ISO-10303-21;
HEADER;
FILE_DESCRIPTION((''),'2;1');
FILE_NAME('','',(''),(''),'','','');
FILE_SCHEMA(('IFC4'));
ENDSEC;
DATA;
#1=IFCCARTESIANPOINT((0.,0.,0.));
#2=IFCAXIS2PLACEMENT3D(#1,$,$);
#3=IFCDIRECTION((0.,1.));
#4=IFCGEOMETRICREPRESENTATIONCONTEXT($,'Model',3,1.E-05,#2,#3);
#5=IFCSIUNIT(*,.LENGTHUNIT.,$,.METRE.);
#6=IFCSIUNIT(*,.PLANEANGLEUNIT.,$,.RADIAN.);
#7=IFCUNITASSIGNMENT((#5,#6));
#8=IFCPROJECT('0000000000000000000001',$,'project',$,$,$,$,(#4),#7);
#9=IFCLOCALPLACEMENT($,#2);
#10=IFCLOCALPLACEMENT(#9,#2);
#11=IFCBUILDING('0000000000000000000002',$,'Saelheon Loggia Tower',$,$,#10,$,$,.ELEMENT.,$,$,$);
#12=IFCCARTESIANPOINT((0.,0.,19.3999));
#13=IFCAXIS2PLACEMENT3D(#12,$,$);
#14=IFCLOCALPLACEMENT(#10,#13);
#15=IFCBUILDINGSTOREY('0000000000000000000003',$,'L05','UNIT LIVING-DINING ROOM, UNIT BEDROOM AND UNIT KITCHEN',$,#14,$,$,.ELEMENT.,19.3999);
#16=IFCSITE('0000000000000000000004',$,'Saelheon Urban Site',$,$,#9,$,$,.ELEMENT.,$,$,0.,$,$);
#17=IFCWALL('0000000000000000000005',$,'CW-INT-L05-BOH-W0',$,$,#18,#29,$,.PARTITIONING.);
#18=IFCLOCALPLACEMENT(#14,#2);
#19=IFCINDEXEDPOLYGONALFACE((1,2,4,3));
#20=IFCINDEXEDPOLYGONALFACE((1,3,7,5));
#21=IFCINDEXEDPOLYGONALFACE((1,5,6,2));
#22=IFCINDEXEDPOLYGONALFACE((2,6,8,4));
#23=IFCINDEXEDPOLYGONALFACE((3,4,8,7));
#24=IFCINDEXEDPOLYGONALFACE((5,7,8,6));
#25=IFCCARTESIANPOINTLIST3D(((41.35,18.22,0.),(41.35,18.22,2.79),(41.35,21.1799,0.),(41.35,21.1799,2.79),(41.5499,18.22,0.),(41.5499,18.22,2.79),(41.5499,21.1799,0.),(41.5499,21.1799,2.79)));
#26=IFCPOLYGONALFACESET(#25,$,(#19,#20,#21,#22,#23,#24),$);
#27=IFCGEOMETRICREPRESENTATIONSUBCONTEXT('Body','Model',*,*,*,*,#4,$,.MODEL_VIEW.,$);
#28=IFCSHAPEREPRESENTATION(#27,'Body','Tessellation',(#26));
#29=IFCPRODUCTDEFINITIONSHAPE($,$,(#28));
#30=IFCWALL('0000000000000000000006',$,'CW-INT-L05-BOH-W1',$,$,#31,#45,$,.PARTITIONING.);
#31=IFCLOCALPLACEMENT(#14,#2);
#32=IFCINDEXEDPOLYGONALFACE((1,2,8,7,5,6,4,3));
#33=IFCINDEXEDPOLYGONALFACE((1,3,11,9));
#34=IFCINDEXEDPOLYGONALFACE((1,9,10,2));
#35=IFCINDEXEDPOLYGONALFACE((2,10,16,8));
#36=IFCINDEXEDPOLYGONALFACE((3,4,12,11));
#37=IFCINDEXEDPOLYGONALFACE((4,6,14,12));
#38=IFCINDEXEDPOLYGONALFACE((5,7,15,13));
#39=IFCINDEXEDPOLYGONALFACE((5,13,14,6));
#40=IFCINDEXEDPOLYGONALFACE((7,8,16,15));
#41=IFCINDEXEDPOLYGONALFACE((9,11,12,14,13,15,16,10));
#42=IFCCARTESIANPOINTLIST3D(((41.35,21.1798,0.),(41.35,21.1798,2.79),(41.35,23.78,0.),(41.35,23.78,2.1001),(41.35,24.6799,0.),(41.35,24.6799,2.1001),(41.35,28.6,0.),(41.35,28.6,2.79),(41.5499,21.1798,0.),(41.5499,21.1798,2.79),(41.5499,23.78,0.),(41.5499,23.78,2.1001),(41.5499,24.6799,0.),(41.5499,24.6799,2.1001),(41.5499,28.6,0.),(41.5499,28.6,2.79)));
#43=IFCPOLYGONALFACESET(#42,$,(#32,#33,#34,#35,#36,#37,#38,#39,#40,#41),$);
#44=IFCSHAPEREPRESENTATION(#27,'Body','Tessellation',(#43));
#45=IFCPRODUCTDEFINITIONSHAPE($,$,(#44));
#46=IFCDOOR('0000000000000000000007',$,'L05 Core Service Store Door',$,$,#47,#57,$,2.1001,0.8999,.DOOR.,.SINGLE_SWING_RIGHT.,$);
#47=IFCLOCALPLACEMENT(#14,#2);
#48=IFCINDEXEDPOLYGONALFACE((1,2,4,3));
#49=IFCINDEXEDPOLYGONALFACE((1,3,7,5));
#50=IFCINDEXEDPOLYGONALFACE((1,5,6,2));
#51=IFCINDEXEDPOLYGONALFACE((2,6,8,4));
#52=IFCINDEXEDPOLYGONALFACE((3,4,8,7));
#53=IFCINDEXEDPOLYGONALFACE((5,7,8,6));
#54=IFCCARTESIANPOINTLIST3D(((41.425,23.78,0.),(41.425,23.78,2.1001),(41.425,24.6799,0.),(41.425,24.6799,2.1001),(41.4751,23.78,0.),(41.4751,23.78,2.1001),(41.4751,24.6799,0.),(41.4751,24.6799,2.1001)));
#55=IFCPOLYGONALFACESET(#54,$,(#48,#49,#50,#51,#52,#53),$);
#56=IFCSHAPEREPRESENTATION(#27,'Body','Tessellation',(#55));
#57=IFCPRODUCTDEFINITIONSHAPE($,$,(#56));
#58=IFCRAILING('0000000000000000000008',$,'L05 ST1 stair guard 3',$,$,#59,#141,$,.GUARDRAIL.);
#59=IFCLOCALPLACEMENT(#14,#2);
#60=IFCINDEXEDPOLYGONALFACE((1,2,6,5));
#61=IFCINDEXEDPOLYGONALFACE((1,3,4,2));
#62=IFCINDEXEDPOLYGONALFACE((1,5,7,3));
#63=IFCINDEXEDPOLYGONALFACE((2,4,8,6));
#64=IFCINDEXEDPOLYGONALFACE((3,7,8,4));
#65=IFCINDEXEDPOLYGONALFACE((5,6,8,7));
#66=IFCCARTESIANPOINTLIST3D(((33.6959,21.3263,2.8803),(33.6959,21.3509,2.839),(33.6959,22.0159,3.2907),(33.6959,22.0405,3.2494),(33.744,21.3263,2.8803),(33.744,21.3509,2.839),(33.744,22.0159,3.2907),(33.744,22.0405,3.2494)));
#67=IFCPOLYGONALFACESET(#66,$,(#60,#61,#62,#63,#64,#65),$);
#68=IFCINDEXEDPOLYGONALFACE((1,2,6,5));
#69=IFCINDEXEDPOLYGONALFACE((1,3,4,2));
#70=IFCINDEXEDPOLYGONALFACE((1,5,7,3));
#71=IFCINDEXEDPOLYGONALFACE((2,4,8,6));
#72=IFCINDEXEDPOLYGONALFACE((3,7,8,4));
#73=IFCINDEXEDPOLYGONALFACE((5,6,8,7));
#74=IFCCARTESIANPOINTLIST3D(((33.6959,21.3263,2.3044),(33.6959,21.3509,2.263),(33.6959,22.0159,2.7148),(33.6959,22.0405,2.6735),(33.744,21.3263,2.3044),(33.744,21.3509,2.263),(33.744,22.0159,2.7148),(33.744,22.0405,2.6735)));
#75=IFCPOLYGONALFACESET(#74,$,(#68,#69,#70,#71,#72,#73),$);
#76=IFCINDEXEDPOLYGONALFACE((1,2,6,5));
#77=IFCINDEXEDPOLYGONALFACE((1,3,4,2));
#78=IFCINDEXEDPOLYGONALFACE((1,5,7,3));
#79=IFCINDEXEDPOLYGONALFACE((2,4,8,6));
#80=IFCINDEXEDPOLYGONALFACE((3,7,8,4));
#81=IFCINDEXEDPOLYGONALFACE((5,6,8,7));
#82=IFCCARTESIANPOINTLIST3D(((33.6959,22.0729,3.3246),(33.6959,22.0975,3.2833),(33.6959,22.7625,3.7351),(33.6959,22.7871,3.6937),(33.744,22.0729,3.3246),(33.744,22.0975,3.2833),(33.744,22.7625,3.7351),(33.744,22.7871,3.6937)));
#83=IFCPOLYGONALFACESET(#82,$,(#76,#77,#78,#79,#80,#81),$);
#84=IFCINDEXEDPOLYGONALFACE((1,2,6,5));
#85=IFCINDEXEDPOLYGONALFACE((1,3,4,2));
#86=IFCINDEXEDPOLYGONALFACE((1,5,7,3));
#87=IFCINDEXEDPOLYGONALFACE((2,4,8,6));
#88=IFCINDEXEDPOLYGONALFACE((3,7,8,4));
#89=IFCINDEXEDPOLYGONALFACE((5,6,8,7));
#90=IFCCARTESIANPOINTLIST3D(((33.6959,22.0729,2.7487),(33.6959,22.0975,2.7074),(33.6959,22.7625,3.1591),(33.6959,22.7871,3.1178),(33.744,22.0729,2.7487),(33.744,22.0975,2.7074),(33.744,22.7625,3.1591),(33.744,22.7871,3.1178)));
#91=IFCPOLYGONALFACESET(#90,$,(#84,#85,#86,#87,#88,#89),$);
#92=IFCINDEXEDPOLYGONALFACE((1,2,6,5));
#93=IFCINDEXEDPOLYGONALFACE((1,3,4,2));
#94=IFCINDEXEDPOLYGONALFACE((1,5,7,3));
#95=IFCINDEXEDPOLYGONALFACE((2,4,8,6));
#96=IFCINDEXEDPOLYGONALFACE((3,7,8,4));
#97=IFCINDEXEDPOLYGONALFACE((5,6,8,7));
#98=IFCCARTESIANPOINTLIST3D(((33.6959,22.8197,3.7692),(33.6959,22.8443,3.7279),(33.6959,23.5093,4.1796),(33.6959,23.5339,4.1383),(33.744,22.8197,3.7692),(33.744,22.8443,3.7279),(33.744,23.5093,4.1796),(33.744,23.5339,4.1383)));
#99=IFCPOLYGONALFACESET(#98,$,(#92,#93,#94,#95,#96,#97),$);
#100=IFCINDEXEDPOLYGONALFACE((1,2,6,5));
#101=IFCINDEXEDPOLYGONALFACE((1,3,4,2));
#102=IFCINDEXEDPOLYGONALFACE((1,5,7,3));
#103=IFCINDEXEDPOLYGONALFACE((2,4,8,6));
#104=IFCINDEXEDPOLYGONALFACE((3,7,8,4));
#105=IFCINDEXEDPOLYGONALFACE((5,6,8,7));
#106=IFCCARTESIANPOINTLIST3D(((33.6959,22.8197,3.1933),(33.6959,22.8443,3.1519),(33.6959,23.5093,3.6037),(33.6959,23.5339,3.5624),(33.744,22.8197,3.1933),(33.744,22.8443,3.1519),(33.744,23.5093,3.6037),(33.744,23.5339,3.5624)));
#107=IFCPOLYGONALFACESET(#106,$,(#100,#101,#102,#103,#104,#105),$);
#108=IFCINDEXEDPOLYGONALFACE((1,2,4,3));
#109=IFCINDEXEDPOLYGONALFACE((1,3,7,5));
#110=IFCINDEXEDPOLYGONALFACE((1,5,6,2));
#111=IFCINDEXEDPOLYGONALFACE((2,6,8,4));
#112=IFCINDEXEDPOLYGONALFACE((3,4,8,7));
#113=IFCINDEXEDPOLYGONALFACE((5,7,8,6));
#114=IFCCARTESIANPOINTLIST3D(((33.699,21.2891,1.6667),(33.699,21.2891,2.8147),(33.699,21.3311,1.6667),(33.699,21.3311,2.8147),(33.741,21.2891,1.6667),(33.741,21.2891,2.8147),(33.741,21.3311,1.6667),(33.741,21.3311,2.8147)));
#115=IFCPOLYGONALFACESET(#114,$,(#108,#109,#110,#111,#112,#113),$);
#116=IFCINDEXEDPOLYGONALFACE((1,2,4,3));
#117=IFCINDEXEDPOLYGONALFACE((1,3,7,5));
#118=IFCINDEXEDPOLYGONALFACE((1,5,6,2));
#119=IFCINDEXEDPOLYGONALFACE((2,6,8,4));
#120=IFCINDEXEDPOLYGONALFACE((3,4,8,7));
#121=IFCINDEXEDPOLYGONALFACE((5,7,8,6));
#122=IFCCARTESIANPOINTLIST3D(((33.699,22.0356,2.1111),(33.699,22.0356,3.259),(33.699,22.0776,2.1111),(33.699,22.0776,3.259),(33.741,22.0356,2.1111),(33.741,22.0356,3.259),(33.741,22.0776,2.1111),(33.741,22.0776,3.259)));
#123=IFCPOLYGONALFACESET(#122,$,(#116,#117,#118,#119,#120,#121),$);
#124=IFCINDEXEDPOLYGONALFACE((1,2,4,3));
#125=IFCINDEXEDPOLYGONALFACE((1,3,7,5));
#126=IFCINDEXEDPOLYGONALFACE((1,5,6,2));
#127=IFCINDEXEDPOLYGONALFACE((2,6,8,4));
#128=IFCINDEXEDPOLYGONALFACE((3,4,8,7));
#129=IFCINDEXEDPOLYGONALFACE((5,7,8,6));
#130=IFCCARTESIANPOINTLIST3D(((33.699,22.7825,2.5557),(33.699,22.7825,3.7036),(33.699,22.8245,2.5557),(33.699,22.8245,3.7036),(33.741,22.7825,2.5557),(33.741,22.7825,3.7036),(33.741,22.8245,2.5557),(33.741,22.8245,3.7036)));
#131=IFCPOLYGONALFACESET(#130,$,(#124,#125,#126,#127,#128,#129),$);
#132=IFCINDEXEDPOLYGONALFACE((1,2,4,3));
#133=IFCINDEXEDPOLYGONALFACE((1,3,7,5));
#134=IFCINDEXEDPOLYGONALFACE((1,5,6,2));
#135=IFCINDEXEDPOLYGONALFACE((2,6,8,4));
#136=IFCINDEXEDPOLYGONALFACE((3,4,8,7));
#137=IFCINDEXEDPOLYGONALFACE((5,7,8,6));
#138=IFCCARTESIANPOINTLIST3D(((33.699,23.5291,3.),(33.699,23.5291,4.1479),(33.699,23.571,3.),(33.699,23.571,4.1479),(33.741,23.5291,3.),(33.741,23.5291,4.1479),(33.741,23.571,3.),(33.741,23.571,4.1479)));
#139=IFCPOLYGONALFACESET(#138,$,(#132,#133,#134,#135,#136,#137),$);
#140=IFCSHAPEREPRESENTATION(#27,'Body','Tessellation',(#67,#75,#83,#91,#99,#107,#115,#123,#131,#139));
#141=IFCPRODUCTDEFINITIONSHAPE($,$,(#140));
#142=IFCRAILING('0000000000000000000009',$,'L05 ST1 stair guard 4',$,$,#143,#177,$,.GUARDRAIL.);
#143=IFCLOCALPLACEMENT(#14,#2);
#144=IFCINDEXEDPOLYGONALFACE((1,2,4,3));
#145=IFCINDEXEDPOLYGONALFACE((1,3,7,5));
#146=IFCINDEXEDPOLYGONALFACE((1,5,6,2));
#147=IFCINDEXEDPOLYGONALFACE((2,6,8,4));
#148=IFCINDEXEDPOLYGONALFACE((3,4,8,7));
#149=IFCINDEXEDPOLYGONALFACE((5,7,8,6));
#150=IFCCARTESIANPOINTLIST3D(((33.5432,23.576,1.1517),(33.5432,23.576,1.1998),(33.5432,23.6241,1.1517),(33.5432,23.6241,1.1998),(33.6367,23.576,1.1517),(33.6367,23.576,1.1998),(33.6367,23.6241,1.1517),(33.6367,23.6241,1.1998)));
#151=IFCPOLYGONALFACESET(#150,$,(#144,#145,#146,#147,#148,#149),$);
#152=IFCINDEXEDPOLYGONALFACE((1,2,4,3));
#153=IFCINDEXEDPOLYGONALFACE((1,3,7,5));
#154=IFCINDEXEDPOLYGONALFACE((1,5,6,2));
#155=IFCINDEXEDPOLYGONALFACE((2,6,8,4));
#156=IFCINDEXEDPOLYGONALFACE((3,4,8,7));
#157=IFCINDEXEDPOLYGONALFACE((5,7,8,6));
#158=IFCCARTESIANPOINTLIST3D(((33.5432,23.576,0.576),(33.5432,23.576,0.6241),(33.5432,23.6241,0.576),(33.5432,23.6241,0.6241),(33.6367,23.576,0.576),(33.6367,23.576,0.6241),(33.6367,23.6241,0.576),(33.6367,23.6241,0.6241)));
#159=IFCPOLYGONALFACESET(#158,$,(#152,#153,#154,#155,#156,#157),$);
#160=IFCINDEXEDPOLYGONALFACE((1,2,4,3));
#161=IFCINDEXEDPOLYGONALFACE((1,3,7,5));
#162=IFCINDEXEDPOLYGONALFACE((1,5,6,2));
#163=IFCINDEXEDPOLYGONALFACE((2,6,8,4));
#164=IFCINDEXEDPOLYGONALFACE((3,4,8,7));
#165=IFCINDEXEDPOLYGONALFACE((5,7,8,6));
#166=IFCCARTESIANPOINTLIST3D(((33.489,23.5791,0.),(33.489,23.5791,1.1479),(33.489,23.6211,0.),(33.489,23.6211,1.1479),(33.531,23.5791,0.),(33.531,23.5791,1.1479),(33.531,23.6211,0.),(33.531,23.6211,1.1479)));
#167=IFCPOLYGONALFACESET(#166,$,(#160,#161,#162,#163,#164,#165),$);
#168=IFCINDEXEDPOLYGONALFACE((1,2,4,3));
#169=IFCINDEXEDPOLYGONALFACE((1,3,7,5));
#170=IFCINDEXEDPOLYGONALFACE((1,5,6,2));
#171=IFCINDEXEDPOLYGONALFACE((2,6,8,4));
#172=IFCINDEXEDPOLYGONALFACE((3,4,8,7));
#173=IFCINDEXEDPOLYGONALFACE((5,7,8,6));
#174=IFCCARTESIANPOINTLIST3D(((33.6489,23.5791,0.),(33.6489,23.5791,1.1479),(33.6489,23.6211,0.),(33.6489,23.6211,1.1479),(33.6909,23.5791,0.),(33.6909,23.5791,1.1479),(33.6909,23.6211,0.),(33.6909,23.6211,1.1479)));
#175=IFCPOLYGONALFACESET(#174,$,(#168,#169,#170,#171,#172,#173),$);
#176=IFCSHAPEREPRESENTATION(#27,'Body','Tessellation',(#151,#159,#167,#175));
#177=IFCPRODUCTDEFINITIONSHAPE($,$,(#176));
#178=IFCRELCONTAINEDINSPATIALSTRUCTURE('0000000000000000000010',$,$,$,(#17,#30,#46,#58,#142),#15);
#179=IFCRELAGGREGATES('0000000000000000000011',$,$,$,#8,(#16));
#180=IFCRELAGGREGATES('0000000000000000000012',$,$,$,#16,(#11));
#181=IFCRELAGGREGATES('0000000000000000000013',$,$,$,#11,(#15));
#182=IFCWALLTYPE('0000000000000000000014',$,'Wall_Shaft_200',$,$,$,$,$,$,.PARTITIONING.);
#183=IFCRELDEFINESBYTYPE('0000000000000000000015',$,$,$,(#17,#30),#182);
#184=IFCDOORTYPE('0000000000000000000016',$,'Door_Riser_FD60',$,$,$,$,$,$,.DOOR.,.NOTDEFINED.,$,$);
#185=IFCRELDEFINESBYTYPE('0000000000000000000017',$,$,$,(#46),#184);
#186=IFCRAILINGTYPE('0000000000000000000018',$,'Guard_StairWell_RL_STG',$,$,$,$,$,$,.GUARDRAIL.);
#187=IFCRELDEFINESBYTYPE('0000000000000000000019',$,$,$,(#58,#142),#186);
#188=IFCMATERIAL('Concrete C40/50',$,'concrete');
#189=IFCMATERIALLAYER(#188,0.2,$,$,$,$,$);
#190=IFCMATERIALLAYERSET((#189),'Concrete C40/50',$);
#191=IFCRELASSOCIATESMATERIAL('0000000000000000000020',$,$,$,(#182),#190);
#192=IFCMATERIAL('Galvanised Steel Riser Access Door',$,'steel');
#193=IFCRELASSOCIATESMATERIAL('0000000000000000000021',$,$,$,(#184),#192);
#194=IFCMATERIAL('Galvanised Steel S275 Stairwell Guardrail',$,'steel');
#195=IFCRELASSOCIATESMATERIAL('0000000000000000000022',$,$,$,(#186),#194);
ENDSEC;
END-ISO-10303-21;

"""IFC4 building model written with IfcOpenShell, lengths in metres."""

from ifc_helpers import new_model, si_unit, direction, frame, frame_2d, origin, origin_2d, place, context, subcontext, project, spatial, rectangle, extrude, source, transform, mapped, material, layer, layer_set, type_object, element, fill, save


model = new_model("IFC4")

# Units and contexts
model_context = context("Model", 3, precision=1e-05, world=origin(), true_north=direction((0.0, 1.0)))
body_context = subcontext(model_context, "Body", "Model", "MODEL_VIEW")
ifc_project = project(units=[si_unit("LENGTHUNIT", "METRE"), si_unit("PLANEANGLEUNIT", "RADIAN")], contexts=[model_context])

# Site, building, storey
site_placement = place(None, origin())
site = spatial("IfcSite", under=ifc_project, at=site_placement, Name="Saelheon Urban Site", CompositionType="ELEMENT", RefElevation=0.0)
building_placement = place(site_placement, origin())
building = spatial("IfcBuilding", under=site, at=building_placement, Name="Saelheon Loggia Tower", CompositionType="ELEMENT")
storey_placement = place(building_placement, frame((0.0, 0.0, 19.3999)))
storey = spatial("IfcBuildingStorey", under=building, at=storey_placement, Name="L05", Description="UNIT LIVING-DINING ROOM, UNIT BEDROOM AND UNIT KITCHEN", CompositionType="ELEMENT", Elevation=19.3999)

# Wall
ifc_material_1 = material(Name="Concrete C40/50", Category="concrete")
ifc_layer_1 = layer(ifc_material_1, 0.2)
ifc_layer_set_1 = layer_set([ifc_layer_1], Name="Concrete C40/50")
wall_type_1 = type_object("IfcWallType", Name="Wall_Shaft_200", PredefinedType="PARTITIONING", material=ifc_layer_set_1)
wall_1_placement = place(storey_placement, frame((41.45, 18.22, 0.0), z_axis=(0.0, 0.0, 1.0), x_axis=(0.0, 1.0, 0.0)))
element("IfcWall", 1, at=wall_1_placement, inside=storey, type_object=wall_type_1, Name="CW-INT-L05-BOH-W0", PredefinedType="PARTITIONING", context=body_context, shape_type="SweptSolid", body=[
    extrude(rectangle(XDim=2.96, YDim=0.2, at=frame_2d((1.48, 0.0))), origin(), (0.0, 0.0, 1.0), 2.79),
])

# Wall, opening, door
wall_2_placement = place(storey_placement, frame((41.45, 21.1799, 0.0), z_axis=(0.0, 0.0, 1.0), x_axis=(0.0, 1.0, 0.0)))
wall_2 = element("IfcWall", 2, at=wall_2_placement, inside=storey, type_object=wall_type_1, Name="CW-INT-L05-BOH-W1", PredefinedType="PARTITIONING", context=body_context, shape_type="SweptSolid", body=[
    extrude(rectangle(XDim=7.4202, YDim=0.2, at=frame_2d((3.71, 0.0))), origin(), (0.0, 0.0, 1.0), 2.79),
])
opening_1_placement = place(wall_2_placement, frame((2.6001, 0.0, 0.0)))
opening_1 = element("IfcOpeningElement", 3, at=opening_1_placement, cuts=wall_2, PredefinedType="OPENING", context=body_context, shape_type="SweptSolid", body=[
    extrude(rectangle(XDim=0.8999, YDim=2.1001, at=frame_2d((0.45, 1.05))), frame((0.0, 0.1121, 0.0), z_axis=(0.0, -1.0, 0.0), x_axis=(1.0, 0.0, 0.0)), (0.0, 0.0, 1.0), 0.2239),
])
ifc_material_2 = material(Name="Galvanised Steel Riser Access Door", Category="steel")
door_type_1 = type_object("IfcDoorType", Name="Door_Riser_FD60", OperationType="NOTDEFINED", PredefinedType="DOOR", material=ifc_material_2)
shared_shape_1 = source(origin(), body_context, "Body", "SweptSolid", [
    extrude(rectangle(XDim=0.8999, YDim=2.1001, at=frame_2d((0.45, 1.05))), frame((0.0, 0.0249, 0.0), z_axis=(0.0, -1.0, 0.0), x_axis=(1.0, 0.0, 0.0)), (0.0, 0.0, 1.0), 0.05),
])
door_1_placement = place(opening_1_placement, origin())
door_1 = element("IfcDoor", 4, at=door_1_placement, inside=storey, type_object=door_type_1, Name="L05 Core Service Store Door", OperationType="SINGLE_SWING_RIGHT", OverallHeight=2.1001, OverallWidth=0.8999, PredefinedType="DOOR", context=body_context, shape_type="MappedRepresentation", body=[
    mapped(shared_shape_1, transform((0.0, 0.0, 0.0), scale=1.0)),
])
fill(opening_1, door_1)

# Railings
ifc_material_3 = material(Name="Galvanised Steel S275 Stairwell Guardrail", Category="steel")
railing_type_1 = type_object("IfcRailingType", Name="Guard_StairWell_RL_STG", PredefinedType="GUARDRAIL", material=ifc_material_3)
railing_1_placement = place(storey_placement, frame((33.72, 21.3101, 1.6667)))
element("IfcRailing", 5, at=railing_1_placement, inside=storey, type_object=railing_type_1, Name="L05 ST1 stair guard 3", PredefinedType="GUARDRAIL", context=body_context, shape_type="SweptSolid", body=[
    extrude(rectangle(XDim=0.0481, YDim=0.0481, at=origin_2d()), frame((0.0, 0.0286, 1.1929), z_axis=(0.0, 0.859306, 0.511462), x_axis=(-1.0, 0.0, 0.0)), (0.0, 0.0, 1.0), 0.8025),
    extrude(rectangle(XDim=0.0481, YDim=0.0481, at=origin_2d()), frame((0.0, 0.0286, 0.6169), z_axis=(0.0, 0.859306, 0.511462), x_axis=(-1.0, 0.0, 0.0)), (0.0, 0.0, 1.0), 0.8025),
    extrude(rectangle(XDim=0.0481, YDim=0.0481, at=origin_2d()), frame((0.0, 0.7751, 1.6372), z_axis=(0.0, 0.859306, 0.511462), x_axis=(-1.0, 0.0, 0.0)), (0.0, 0.0, 1.0), 0.8025),
    extrude(rectangle(XDim=0.0481, YDim=0.0481, at=origin_2d()), frame((0.0, 0.7751, 1.0613), z_axis=(0.0, 0.859306, 0.511462), x_axis=(-1.0, 0.0, 0.0)), (0.0, 0.0, 1.0), 0.8025),
    extrude(rectangle(XDim=0.0481, YDim=0.0481, at=origin_2d()), frame((0.0, 1.522, 2.0818), z_axis=(0.0, 0.859306, 0.511462), x_axis=(-1.0, 0.0, 0.0)), (0.0, 0.0, 1.0), 0.8025),
    extrude(rectangle(XDim=0.0481, YDim=0.0481, at=origin_2d()), frame((0.0, 1.522, 1.5059), z_axis=(0.0, 0.859306, 0.511462), x_axis=(-1.0, 0.0, 0.0)), (0.0, 0.0, 1.0), 0.8025),
    extrude(rectangle(XDim=0.042, YDim=0.042, at=origin_2d()), origin(), (0.0, 0.0, 1.0), 1.1479),
    extrude(rectangle(XDim=0.042, YDim=0.042, at=origin_2d()), frame((0.0, 0.7466, 0.4443)), (0.0, 0.0, 1.0), 1.1479),
    extrude(rectangle(XDim=0.042, YDim=0.042, at=origin_2d()), frame((0.0, 1.4934, 0.8889)), (0.0, 0.0, 1.0), 1.1479),
    extrude(rectangle(XDim=0.042, YDim=0.042, at=origin_2d()), frame((0.0, 2.24, 1.3333)), (0.0, 0.0, 1.0), 1.1479),
])
railing_2_placement = place(storey_placement, frame((33.51, 23.6001, 0.0)))
element("IfcRailing", 6, at=railing_2_placement, inside=storey, type_object=railing_type_1, Name="L05 ST1 stair guard 4", PredefinedType="GUARDRAIL", context=body_context, shape_type="SweptSolid", body=[
    extrude(rectangle(XDim=0.0481, YDim=0.0481, at=origin_2d()), frame((0.0332, 0.0, 1.1758), z_axis=(1.0, 0.0, 0.0), x_axis=(0.0, 1.0, 0.0)), (0.0, 0.0, 1.0), 0.0935),
    extrude(rectangle(XDim=0.0481, YDim=0.0481, at=origin_2d()), frame((0.0332, 0.0, 0.6001), z_axis=(1.0, 0.0, 0.0), x_axis=(0.0, 1.0, 0.0)), (0.0, 0.0, 1.0), 0.0935),
    extrude(rectangle(XDim=0.042, YDim=0.042, at=origin_2d()), origin(), (0.0, 0.0, 1.0), 1.1479),
    extrude(rectangle(XDim=0.042, YDim=0.042, at=origin_2d()), frame((0.1599, 0.0, 0.0)), (0.0, 0.0, 1.0), 1.1479),
])

save(model, "model.ifc")
